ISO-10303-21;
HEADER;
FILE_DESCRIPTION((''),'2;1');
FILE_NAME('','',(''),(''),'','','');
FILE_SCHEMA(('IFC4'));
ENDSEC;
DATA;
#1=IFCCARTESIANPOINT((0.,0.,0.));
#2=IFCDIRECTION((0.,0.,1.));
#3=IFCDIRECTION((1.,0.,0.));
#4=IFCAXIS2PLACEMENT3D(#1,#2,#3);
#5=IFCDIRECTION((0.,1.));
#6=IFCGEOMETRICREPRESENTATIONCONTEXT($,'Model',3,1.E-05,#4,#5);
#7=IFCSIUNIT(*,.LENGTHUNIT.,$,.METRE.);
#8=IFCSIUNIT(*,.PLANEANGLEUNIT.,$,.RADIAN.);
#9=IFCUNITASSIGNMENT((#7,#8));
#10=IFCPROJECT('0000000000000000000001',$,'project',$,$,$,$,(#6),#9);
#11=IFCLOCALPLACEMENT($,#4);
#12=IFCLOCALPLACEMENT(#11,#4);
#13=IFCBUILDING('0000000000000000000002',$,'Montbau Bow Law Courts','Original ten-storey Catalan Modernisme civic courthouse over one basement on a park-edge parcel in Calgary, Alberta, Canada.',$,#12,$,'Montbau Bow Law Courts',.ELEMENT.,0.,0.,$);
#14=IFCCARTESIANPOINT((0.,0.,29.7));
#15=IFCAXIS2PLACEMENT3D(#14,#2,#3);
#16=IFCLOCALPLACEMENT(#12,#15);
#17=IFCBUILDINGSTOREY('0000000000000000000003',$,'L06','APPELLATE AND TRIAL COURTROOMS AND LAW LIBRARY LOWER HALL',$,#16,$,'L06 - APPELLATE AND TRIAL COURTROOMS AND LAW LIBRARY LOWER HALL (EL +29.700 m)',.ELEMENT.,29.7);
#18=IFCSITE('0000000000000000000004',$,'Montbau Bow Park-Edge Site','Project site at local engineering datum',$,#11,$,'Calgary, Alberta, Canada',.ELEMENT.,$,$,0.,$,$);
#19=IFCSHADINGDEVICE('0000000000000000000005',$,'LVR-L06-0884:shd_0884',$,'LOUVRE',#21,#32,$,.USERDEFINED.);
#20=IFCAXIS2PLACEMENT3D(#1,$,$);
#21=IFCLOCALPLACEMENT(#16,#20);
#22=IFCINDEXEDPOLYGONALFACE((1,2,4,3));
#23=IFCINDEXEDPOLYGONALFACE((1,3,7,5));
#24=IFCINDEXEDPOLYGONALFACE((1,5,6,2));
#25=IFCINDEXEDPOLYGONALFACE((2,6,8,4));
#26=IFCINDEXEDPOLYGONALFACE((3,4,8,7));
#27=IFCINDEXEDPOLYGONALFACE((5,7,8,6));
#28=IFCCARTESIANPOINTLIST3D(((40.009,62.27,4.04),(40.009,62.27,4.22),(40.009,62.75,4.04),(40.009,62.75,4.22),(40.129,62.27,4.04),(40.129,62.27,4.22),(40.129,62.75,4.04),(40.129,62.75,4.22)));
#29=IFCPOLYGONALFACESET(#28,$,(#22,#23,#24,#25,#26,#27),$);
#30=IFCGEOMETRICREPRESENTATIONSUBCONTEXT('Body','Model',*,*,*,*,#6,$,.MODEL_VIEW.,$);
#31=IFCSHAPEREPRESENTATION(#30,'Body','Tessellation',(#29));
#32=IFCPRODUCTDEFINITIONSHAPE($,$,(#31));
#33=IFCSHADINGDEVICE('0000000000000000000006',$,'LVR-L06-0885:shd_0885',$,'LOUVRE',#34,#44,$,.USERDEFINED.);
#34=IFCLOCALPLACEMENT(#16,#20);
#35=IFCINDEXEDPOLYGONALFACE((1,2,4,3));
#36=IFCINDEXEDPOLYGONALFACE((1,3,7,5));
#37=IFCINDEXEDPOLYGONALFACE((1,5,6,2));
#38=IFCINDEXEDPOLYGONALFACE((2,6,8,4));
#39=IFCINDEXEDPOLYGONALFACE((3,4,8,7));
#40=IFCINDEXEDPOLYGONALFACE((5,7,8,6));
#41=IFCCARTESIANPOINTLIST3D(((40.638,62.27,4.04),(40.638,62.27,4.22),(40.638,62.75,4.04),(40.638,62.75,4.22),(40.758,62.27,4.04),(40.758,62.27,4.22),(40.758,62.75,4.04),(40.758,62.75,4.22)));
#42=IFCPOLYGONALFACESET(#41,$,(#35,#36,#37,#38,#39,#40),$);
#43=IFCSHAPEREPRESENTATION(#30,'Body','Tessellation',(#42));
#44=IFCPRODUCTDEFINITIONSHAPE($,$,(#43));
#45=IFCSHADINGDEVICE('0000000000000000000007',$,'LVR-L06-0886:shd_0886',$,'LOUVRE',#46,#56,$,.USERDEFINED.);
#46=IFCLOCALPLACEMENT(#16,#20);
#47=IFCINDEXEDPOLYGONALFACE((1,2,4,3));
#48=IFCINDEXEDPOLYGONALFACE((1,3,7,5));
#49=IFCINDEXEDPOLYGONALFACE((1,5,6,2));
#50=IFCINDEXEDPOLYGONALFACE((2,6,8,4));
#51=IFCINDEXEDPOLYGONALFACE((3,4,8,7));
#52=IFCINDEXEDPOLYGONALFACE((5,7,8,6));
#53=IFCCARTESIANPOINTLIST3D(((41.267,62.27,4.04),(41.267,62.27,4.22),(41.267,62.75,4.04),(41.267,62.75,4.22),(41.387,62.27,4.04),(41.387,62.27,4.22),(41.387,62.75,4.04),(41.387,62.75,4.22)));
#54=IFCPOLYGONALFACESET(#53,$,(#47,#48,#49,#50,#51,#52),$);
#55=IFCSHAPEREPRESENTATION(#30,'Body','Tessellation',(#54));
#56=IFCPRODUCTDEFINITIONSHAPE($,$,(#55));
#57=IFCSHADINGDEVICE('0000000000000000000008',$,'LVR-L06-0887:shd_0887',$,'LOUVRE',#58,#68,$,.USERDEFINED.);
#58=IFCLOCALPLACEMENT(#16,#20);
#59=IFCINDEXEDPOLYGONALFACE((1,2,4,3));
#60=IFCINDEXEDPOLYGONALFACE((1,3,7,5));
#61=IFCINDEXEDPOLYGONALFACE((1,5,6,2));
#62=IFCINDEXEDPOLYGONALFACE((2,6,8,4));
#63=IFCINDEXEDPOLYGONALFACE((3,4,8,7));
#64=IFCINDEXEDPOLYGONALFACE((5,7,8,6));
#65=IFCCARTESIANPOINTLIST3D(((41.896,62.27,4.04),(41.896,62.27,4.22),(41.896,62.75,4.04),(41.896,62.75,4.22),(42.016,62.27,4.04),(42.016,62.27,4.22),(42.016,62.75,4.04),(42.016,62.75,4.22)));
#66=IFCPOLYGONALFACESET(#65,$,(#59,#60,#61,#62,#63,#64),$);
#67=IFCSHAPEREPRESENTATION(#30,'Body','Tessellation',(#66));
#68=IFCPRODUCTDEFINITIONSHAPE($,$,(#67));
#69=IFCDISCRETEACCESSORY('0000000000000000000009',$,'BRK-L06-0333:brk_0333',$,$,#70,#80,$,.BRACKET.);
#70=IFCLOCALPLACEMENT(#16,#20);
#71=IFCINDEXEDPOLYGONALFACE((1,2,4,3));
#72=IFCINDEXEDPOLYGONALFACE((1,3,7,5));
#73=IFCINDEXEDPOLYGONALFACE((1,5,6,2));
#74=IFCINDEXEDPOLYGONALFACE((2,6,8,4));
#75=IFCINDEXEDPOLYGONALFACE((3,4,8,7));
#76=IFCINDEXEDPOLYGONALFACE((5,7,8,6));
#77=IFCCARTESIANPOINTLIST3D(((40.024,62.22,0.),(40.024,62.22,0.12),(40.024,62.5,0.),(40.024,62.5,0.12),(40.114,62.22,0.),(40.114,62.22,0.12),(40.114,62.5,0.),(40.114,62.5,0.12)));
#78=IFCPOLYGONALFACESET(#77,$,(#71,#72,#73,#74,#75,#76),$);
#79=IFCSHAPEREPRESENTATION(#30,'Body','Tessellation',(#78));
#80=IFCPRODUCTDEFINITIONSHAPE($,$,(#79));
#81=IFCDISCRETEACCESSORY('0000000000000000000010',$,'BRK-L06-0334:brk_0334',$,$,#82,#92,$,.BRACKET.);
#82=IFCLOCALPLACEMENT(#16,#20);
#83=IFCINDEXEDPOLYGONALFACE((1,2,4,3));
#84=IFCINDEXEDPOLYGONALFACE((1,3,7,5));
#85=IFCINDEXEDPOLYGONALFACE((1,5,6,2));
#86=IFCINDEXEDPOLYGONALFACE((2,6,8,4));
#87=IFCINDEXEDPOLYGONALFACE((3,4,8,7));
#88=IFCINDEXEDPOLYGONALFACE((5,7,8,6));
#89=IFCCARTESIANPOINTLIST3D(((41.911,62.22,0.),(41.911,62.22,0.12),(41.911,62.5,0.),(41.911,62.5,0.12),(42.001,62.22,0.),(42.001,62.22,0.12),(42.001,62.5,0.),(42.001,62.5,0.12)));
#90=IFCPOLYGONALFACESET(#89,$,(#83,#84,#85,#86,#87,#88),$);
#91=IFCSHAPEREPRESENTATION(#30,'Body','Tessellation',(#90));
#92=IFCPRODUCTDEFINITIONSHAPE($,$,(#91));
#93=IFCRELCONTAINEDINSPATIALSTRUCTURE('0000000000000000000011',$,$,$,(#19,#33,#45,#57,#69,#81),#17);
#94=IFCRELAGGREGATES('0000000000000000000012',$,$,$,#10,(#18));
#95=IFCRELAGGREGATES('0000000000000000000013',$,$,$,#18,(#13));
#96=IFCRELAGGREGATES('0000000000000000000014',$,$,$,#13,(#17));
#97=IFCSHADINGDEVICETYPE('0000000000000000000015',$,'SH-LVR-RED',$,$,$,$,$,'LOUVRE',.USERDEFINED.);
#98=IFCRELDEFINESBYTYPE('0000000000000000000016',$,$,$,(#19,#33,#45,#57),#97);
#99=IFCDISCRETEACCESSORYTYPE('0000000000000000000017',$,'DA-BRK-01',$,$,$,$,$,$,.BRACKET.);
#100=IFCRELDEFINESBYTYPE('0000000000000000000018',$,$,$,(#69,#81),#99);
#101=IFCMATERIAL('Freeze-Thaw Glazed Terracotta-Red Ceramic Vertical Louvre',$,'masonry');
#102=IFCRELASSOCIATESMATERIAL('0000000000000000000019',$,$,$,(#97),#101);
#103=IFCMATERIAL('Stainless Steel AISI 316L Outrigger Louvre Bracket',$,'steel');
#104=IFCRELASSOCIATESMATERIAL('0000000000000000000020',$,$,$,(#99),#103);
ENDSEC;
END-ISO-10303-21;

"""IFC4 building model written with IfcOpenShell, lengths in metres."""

from ifc_helpers import new_model, si_unit, direction, frame, origin_with_axes, origin_2d_with_axis, place, context, subcontext, project, spatial, rectangle, extrude, material, type_object, element, save


model = new_model("IFC4")

# Units and contexts
model_context = context("Model", 3, precision=1e-05, world=origin_with_axes(), true_north=direction((0.0, 1.0)))
body_context = subcontext(model_context, "Body", "Model", "MODEL_VIEW")
ifc_project = project(units=[si_unit("LENGTHUNIT", "METRE"), si_unit("PLANEANGLEUNIT", "RADIAN")], contexts=[model_context])

# Site, building, storey
site_placement = place(None, origin_with_axes())
site = spatial("IfcSite", under=ifc_project, at=site_placement, Name="Montbau Bow Park-Edge Site", Description="Project site at local engineering datum", LongName="Calgary, Alberta, Canada", CompositionType="ELEMENT", RefElevation=0.0)
building_placement = place(site_placement, origin_with_axes())
building = spatial("IfcBuilding", under=site, at=building_placement, Name="Montbau Bow Law Courts", Description="Original ten-storey Catalan Modernisme civic courthouse over one basement on a park-edge parcel in Calgary, Alberta, Canada.", LongName="Montbau Bow Law Courts", CompositionType="ELEMENT", ElevationOfRefHeight=0.0, ElevationOfTerrain=0.0)
storey_placement = place(building_placement, frame((0.0, 0.0, 29.7), z_axis=(0.0, 0.0, 1.0), x_axis=(1.0, 0.0, 0.0)))
storey = spatial("IfcBuildingStorey", under=building, at=storey_placement, Name="L06", Description="APPELLATE AND TRIAL COURTROOMS AND LAW LIBRARY LOWER HALL", LongName="L06 - APPELLATE AND TRIAL COURTROOMS AND LAW LIBRARY LOWER HALL (EL +29.700 m)", CompositionType="ELEMENT", Elevation=29.7)

# Shared definitions
ifc_material_1 = material(Name="Freeze-Thaw Glazed Terracotta-Red Ceramic Vertical Louvre", Category="masonry")

# Shading devices
shading_device_type = type_object("IfcShadingDeviceType", Name="SH-LVR-RED", ElementType="LOUVRE", PredefinedType="USERDEFINED", material=ifc_material_1)
for number, where, z_axis, x_axis, name in (
    (1, (40.069, 62.51, 33.74), (0.0, 0.0, 1.0), (0.0, 1.0, 0.0), "LVR-L06-0884:shd_0884"),
    (2, (40.698, 62.51, 33.74), (0.0, 0.0, 1.0), (0.0, 1.0, 0.0), "LVR-L06-0885:shd_0885"),
    (3, (41.327, 62.51, 33.74), (0.0, 0.0, 1.0), (0.0, 1.0, 0.0), "LVR-L06-0886:shd_0886"),
    (4, (41.956, 62.51, 33.74), (0.0, 0.0, 1.0), (0.0, 1.0, 0.0), "LVR-L06-0887:shd_0887"),
):
    element("IfcShadingDevice", number, at=place(None, frame(where, z_axis=z_axis, x_axis=x_axis)), inside=storey, type_object=shading_device_type, Name=name, ObjectType="LOUVRE", PredefinedType="USERDEFINED", context=body_context, shape_type="SweptSolid", body=[
        extrude(rectangle(XDim=0.48, YDim=0.12, at=origin_2d_with_axis()), origin_with_axes(), (0.0, 0.0, 1.0), 0.18),
    ])

# Discrete accessories
ifc_material_2 = material(Name="Stainless Steel AISI 316L Outrigger Louvre Bracket", Category="steel")
discrete_accessory_type = type_object("IfcDiscreteAccessoryType", Name="DA-BRK-01", PredefinedType="BRACKET", material=ifc_material_2)
for number, where, z_axis, x_axis, name in (
    (5, (40.069, 62.36, 29.7), (0.0, 0.0, 1.0), (0.0, 1.0, 0.0), "BRK-L06-0333:brk_0333"),
    (6, (41.956, 62.36, 29.7), (0.0, 0.0, 1.0), (0.0, 1.0, 0.0), "BRK-L06-0334:brk_0334"),
):
    element("IfcDiscreteAccessory", number, at=place(None, frame(where, z_axis=z_axis, x_axis=x_axis)), inside=storey, type_object=discrete_accessory_type, Name=name, PredefinedType="BRACKET", context=body_context, shape_type="SweptSolid", body=[
        extrude(rectangle(XDim=0.28, YDim=0.09, at=origin_2d_with_axis()), origin_with_axes(), (0.0, 0.0, 1.0), 0.12),
    ])

save(model, "model.ifc")
